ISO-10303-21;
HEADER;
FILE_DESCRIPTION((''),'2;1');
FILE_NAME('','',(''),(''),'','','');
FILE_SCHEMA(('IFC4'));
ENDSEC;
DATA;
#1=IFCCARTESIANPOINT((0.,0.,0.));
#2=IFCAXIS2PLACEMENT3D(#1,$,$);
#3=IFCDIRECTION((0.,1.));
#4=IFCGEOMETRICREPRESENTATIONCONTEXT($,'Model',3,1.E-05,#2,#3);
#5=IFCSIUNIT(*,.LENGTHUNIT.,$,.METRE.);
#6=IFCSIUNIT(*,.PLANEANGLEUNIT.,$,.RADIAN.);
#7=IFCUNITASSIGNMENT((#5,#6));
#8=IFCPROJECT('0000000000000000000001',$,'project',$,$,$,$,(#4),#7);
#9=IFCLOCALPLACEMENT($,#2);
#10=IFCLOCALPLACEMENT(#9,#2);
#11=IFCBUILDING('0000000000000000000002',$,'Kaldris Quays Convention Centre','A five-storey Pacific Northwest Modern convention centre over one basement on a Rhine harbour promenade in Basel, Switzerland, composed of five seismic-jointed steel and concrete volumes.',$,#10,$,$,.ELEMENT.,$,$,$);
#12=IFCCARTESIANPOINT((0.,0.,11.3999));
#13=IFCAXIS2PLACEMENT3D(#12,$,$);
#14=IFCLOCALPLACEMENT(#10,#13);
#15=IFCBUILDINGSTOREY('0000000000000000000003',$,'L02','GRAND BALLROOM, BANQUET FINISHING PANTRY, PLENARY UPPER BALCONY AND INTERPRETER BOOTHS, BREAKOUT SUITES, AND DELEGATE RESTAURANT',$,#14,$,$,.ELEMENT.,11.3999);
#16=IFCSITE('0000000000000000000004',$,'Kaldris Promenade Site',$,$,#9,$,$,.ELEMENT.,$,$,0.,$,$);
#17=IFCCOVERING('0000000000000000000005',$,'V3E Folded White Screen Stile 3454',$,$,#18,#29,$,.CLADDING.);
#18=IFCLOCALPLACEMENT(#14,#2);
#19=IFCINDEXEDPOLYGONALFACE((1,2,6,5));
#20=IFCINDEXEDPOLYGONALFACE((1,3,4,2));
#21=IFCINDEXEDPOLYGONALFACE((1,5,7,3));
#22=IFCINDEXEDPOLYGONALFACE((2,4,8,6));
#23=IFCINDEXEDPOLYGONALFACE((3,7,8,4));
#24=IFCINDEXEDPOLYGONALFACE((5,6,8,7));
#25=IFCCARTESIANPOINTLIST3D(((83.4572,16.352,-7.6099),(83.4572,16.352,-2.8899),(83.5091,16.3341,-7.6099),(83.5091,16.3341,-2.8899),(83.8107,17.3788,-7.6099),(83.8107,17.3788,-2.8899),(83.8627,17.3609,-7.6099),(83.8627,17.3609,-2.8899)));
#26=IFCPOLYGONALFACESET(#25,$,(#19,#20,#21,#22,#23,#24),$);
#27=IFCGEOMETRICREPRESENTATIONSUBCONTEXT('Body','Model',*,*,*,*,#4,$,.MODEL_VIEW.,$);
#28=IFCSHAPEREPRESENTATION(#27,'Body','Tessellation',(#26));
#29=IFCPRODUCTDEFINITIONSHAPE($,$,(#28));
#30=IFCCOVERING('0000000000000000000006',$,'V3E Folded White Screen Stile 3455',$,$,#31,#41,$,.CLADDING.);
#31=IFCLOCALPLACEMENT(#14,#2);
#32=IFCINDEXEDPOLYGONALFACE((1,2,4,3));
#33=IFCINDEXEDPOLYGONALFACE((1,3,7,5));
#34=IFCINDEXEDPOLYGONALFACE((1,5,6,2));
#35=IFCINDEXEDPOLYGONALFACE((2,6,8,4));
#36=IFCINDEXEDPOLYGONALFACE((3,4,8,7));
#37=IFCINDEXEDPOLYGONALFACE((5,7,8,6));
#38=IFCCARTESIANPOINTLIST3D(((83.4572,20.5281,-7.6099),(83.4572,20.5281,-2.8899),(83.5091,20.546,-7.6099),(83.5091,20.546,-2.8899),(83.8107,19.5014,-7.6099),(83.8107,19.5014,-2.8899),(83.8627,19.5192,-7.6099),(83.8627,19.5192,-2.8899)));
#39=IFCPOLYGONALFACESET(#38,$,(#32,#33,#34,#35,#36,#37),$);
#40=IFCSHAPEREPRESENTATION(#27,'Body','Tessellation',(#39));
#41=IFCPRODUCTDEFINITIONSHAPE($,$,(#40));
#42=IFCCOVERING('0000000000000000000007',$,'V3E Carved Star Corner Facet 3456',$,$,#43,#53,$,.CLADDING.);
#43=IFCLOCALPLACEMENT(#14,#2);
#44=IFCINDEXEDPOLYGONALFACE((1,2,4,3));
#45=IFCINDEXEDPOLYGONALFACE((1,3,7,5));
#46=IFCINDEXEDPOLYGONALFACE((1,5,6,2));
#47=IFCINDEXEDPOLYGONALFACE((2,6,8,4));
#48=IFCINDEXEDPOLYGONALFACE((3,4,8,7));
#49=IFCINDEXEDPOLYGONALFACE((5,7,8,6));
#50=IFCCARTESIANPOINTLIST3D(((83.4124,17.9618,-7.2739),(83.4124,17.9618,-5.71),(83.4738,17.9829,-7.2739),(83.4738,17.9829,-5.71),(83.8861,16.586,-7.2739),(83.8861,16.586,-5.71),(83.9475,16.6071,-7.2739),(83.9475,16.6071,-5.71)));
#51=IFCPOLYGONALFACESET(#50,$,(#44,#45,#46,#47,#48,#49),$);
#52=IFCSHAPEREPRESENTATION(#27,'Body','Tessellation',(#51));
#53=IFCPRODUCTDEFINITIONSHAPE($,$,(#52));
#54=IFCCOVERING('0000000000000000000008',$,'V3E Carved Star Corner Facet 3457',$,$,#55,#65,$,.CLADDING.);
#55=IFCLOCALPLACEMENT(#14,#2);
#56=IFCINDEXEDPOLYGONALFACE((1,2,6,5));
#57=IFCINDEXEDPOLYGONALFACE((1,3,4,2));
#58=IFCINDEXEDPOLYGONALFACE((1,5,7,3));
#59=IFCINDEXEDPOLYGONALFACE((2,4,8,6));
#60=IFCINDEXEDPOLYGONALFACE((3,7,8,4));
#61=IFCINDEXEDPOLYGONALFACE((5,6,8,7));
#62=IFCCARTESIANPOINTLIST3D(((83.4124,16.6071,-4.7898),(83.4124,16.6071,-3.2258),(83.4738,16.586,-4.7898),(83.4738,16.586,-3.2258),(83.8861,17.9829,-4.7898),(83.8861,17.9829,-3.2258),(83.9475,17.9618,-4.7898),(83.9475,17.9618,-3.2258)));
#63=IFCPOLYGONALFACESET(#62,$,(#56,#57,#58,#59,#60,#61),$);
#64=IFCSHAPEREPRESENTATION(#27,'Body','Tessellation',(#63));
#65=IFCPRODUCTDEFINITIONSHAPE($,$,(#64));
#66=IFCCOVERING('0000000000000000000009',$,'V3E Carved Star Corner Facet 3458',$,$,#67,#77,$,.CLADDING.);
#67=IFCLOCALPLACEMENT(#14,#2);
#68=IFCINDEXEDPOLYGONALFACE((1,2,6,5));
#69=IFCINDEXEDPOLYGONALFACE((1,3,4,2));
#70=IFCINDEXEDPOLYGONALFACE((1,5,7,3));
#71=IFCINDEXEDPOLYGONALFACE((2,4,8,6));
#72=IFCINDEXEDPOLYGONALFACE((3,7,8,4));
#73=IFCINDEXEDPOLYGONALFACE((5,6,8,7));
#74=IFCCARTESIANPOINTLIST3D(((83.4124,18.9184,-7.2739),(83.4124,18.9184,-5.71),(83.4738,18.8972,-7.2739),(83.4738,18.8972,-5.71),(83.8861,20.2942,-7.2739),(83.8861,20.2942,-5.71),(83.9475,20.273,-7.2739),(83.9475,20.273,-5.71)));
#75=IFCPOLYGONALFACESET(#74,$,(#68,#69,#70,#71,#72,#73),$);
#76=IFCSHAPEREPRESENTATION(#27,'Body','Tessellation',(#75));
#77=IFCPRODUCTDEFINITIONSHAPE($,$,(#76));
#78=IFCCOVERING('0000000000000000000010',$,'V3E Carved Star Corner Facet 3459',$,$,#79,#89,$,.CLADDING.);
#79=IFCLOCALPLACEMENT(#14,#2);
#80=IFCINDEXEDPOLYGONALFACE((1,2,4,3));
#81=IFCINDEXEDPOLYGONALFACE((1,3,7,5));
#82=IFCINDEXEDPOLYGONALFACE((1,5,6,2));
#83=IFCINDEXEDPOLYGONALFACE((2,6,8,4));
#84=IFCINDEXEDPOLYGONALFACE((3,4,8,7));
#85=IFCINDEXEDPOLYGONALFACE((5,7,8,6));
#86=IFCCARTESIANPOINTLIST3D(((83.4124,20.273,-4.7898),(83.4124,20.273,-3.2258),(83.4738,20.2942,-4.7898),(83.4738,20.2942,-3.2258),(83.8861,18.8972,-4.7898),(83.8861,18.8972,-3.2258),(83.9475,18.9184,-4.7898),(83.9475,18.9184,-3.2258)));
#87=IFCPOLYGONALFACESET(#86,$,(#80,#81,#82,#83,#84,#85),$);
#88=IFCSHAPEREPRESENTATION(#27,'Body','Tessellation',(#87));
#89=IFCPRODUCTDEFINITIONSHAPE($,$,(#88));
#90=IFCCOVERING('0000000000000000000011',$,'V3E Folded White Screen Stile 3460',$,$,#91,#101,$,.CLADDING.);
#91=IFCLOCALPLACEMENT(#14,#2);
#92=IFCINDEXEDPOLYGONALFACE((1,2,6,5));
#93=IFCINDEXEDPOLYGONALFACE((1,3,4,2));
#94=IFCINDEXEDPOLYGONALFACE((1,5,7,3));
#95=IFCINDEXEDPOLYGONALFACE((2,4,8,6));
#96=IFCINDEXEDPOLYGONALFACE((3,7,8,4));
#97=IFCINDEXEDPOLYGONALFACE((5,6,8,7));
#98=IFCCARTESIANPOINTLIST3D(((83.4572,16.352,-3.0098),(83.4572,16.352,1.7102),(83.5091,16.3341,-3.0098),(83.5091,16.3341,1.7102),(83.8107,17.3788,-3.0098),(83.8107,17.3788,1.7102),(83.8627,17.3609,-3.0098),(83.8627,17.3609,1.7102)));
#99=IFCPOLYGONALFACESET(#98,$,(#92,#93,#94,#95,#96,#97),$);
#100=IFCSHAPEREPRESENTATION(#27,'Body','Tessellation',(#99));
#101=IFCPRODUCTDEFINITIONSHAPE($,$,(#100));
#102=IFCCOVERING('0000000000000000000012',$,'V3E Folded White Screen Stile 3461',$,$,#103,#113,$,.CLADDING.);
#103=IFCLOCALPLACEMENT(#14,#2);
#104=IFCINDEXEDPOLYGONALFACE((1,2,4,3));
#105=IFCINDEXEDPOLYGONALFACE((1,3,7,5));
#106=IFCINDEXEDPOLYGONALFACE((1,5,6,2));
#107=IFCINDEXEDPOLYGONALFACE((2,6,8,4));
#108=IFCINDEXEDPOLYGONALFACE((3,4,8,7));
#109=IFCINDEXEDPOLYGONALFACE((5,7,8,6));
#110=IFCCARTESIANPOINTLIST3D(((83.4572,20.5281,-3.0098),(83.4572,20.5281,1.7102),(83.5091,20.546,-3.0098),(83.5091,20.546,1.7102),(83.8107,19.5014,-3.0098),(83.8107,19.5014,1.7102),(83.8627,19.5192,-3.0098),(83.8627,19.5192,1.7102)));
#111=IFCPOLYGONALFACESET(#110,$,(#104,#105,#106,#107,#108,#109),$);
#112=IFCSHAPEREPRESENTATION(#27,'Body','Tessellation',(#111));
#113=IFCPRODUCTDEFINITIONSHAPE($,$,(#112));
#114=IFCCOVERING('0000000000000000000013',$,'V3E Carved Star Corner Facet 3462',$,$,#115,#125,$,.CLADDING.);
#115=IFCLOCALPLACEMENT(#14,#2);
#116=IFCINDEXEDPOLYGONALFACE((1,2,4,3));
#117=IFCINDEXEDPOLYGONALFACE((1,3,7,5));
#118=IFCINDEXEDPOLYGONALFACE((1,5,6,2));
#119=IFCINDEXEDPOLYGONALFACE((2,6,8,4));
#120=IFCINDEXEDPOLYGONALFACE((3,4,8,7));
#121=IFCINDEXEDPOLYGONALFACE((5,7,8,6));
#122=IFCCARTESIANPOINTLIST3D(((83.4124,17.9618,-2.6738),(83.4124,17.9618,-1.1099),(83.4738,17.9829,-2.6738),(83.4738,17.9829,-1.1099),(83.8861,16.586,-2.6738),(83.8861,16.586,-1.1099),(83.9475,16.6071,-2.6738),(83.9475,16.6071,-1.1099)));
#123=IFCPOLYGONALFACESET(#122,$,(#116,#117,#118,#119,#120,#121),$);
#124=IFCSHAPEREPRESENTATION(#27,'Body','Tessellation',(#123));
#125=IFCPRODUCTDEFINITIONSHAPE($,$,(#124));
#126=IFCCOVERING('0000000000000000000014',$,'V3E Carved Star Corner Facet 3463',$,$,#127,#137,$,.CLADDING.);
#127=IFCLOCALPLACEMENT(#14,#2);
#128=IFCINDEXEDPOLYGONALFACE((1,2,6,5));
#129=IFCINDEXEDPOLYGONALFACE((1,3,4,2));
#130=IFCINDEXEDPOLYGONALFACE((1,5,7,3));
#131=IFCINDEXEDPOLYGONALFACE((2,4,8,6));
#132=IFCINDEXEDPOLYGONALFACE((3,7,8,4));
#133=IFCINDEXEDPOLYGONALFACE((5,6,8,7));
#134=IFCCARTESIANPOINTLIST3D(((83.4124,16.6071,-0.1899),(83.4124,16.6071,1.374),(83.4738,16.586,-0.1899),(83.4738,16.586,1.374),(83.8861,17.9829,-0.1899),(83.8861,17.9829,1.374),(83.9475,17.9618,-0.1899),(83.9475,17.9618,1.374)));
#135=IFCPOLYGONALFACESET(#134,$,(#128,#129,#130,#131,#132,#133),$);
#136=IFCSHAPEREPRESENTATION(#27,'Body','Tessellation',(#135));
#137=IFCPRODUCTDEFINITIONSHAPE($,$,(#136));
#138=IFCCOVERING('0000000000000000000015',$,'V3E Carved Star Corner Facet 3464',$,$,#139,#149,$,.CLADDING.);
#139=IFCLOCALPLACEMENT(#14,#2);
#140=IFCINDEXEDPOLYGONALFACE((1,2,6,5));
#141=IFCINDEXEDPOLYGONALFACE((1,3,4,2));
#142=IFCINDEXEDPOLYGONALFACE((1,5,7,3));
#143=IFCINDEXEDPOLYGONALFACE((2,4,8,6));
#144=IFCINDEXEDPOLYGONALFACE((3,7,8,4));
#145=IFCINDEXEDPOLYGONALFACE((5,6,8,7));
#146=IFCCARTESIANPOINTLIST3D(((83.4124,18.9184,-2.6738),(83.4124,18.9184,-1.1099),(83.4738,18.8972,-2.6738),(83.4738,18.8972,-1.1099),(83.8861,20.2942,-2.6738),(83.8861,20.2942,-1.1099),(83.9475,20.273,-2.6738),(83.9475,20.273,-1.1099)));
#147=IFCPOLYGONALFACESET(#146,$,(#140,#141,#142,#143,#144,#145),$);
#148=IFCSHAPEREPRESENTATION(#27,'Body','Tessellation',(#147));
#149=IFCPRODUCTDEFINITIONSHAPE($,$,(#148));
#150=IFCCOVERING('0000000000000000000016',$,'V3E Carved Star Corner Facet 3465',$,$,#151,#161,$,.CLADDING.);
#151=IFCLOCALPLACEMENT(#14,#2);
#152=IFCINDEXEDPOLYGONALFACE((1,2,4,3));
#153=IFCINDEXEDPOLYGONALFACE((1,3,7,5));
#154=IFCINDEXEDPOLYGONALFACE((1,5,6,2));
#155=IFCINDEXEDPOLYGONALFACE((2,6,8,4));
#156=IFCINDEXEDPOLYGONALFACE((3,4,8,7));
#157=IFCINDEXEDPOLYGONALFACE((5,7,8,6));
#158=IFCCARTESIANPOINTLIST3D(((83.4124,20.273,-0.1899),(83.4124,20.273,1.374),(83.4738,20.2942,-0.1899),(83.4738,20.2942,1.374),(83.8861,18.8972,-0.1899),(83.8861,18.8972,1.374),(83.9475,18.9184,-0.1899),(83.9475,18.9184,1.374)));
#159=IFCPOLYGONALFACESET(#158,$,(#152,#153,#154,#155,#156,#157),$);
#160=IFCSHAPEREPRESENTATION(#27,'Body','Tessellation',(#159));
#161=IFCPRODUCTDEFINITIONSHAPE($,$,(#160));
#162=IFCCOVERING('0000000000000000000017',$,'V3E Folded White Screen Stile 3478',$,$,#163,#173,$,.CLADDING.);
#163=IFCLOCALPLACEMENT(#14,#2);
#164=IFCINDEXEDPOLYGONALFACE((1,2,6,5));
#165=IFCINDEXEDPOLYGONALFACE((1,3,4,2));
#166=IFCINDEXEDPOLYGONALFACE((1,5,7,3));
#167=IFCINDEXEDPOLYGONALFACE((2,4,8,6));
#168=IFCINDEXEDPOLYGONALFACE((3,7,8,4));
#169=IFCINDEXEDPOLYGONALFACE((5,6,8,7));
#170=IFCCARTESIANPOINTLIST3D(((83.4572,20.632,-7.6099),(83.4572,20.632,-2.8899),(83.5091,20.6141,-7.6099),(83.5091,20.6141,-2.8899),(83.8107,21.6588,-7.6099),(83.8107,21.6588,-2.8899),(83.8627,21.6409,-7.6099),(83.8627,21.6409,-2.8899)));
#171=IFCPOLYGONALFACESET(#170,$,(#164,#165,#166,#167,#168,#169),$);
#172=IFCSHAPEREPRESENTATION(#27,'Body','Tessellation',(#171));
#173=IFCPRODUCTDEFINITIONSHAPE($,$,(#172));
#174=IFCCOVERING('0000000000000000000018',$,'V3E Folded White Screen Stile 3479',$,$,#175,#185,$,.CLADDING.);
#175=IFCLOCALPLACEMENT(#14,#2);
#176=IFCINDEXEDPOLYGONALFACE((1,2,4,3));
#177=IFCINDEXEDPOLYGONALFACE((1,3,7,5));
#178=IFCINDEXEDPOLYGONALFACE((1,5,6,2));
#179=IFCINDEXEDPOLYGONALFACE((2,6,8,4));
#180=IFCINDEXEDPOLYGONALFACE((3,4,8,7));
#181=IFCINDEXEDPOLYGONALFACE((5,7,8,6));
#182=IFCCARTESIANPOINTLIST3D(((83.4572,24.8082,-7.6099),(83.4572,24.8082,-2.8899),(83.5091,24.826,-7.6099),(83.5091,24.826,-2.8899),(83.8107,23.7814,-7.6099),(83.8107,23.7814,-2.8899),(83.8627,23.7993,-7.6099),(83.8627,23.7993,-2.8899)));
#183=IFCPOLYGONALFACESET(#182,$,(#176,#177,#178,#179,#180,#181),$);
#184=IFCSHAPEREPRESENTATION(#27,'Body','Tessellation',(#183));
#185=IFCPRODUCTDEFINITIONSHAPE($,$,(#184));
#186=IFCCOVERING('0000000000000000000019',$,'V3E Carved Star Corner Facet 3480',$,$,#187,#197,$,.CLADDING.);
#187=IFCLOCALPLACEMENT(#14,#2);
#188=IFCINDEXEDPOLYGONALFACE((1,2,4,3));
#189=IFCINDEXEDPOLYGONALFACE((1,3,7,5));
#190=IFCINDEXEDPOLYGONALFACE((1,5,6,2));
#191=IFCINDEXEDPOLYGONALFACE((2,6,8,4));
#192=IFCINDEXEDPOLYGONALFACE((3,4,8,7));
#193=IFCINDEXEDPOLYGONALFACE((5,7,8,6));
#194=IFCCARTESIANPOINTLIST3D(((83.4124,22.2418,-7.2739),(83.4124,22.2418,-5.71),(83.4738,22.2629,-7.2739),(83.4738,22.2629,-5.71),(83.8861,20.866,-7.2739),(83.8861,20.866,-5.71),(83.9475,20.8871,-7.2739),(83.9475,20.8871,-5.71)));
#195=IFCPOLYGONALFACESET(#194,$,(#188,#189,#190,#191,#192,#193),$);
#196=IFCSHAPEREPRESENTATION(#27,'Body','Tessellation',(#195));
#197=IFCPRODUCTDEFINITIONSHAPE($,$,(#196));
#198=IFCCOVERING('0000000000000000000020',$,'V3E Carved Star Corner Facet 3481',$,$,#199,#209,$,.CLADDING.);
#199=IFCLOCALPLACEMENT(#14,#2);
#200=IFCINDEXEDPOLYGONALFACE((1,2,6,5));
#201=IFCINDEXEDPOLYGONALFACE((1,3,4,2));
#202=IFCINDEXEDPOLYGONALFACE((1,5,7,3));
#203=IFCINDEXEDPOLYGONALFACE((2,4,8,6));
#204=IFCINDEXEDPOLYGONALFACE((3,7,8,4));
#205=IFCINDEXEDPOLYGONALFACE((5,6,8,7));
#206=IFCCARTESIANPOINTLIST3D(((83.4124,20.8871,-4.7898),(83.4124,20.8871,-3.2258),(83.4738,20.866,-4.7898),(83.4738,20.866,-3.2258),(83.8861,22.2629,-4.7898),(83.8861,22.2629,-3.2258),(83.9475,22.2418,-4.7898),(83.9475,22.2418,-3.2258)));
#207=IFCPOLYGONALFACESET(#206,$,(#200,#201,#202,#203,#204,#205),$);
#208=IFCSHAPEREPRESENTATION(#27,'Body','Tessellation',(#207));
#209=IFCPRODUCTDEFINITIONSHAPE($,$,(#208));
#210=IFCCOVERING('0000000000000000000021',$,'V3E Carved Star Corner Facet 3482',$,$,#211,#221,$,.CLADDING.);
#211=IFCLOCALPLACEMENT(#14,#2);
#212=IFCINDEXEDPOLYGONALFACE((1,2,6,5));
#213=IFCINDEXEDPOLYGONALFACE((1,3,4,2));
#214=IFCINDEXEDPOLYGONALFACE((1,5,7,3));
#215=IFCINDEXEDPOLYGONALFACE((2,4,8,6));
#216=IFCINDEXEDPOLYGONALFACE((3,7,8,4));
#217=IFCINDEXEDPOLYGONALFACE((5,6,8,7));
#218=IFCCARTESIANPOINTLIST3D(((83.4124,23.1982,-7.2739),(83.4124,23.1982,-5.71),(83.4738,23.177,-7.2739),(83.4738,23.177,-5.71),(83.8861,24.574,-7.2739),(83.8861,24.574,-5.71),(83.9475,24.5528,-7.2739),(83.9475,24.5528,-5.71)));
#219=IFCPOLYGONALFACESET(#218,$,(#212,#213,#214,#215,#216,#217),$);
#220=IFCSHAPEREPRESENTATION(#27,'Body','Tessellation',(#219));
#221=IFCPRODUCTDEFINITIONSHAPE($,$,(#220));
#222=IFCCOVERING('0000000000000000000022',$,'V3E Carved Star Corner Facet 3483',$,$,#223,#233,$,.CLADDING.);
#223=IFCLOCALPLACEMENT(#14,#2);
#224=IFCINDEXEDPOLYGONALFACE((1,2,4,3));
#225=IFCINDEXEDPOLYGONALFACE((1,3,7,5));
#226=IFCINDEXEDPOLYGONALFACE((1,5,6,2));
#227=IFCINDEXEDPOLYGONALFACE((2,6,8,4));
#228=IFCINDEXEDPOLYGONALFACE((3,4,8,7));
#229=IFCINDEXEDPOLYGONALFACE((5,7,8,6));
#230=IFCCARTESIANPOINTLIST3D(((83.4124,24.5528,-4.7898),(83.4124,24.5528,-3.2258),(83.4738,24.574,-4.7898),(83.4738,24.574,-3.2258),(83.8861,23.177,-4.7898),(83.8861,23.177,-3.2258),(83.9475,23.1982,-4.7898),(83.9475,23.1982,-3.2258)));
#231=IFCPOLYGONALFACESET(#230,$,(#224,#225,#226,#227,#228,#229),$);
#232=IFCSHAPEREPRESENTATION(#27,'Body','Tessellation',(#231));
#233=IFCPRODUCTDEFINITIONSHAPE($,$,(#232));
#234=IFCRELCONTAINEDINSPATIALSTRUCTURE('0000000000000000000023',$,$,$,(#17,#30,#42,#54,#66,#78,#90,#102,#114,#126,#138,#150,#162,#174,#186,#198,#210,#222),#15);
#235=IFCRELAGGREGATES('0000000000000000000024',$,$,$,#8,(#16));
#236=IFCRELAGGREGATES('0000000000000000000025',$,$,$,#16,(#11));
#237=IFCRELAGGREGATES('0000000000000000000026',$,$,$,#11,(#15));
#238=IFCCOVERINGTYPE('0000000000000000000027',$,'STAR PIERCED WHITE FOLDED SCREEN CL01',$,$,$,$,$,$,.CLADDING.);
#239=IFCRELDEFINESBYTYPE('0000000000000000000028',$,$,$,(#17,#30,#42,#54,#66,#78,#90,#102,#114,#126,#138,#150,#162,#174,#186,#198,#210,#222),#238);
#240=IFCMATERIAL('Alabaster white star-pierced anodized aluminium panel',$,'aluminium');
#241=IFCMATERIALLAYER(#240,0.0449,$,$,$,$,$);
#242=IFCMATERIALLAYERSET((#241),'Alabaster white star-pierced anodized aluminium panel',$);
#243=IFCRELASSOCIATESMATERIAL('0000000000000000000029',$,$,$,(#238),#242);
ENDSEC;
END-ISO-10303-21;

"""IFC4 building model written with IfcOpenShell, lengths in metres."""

from ifc_helpers import new_model, si_unit, direction, frame, origin, origin_2d, place, context, subcontext, project, spatial, rectangle, extrude, material, layer, layer_set, type_object, element, save


model = new_model("IFC4")

# Units and contexts
model_context = context("Model", 3, precision=1e-05, world=origin(), true_north=direction((0.0, 1.0)))
body_context = subcontext(model_context, "Body", "Model", "MODEL_VIEW")
ifc_project = project(units=[si_unit("LENGTHUNIT", "METRE"), si_unit("PLANEANGLEUNIT", "RADIAN")], contexts=[model_context])

# Site, building, storey
site_placement = place(None, origin())
site = spatial("IfcSite", under=ifc_project, at=site_placement, Name="Kaldris Promenade Site", CompositionType="ELEMENT", RefElevation=0.0)
building_placement = place(site_placement, origin())
building = spatial("IfcBuilding", under=site, at=building_placement, Name="Kaldris Quays Convention Centre", Description="A five-storey Pacific Northwest Modern convention centre over one basement on a Rhine harbour promenade in Basel, Switzerland, composed of five seismic-jointed steel and concrete volumes.", CompositionType="ELEMENT")
storey_placement = place(building_placement, frame((0.0, 0.0, 11.3999)))
storey = spatial("IfcBuildingStorey", under=building, at=storey_placement, Name="L02", Description="GRAND BALLROOM, BANQUET FINISHING PANTRY, PLENARY UPPER BALCONY AND INTERPRETER BOOTHS, BREAKOUT SUITES, AND DELEGATE RESTAURANT", CompositionType="ELEMENT", Elevation=11.3999)

# Coverings
ifc_material_1 = material(Name="Alabaster white star-pierced anodized aluminium panel", Category="aluminium")
ifc_layer = layer(ifc_material_1, 0.0449)
ifc_layer_set = layer_set([ifc_layer], Name="Alabaster white star-pierced anodized aluminium panel")
covering_type = type_object("IfcCoveringType", Name="STAR PIERCED WHITE FOLDED SCREEN CL01", PredefinedType="CLADDING", material=ifc_layer_set)
for number, where, z_axis, x_axis, name in (
    (1, (83.6599, 16.8564, -7.6099), (0.0, 0.0, 1.0), (0.325568, 0.945519, 0.0), "V3E Folded White Screen Stile 3454"),
    (2, (83.6599, 20.0237, -7.6099), (0.0, 0.0, 1.0), (-0.325568, 0.945519, 0.0), "V3E Folded White Screen Stile 3455"),
):
    element("IfcCovering", number, at=place(storey_placement, frame(where, z_axis=z_axis, x_axis=x_axis)), inside=storey, type_object=covering_type, Name=name, PredefinedType="CLADDING", context=body_context, shape_type="SweptSolid", body=[
        extrude(rectangle(XDim=1.0859, YDim=0.0549, at=origin_2d()), origin(), (0.0, 0.0, 1.0), 4.72),
    ])
for number, where, z_axis, x_axis, name in (
    (3, (83.6799, 17.2844, -7.2739), (0.0, 0.0, 1.0), (-0.325568, 0.945519, 0.0), "V3E Carved Star Corner Facet 3456"),
    (4, (83.6799, 17.2844, -4.7898), (0.0, 0.0, 1.0), (0.325568, 0.945519, 0.0), "V3E Carved Star Corner Facet 3457"),
    (5, (83.6799, 19.5957, -7.2739), (0.0, 0.0, 1.0), (0.325568, 0.945519, 0.0), "V3E Carved Star Corner Facet 3458"),
    (6, (83.6799, 19.5957, -4.7898), (0.0, 0.0, 1.0), (-0.325568, 0.945519, 0.0), "V3E Carved Star Corner Facet 3459"),
):
    element("IfcCovering", number, at=place(storey_placement, frame(where, z_axis=z_axis, x_axis=x_axis)), inside=storey, type_object=covering_type, Name=name, PredefinedType="CLADDING", context=body_context, shape_type="SweptSolid", body=[
        extrude(rectangle(XDim=1.4551, YDim=0.0649, at=origin_2d()), origin(), (0.0, 0.0, 1.0), 1.564),
    ])
for number, where, z_axis, x_axis, name in (
    (7, (83.6599, 16.8564, -3.0098), (0.0, 0.0, 1.0), (0.325568, 0.945519, 0.0), "V3E Folded White Screen Stile 3460"),
    (8, (83.6599, 20.0237, -3.0098), (0.0, 0.0, 1.0), (-0.325568, 0.945519, 0.0), "V3E Folded White Screen Stile 3461"),
):
    element("IfcCovering", number, at=place(storey_placement, frame(where, z_axis=z_axis, x_axis=x_axis)), inside=storey, type_object=covering_type, Name=name, PredefinedType="CLADDING", context=body_context, shape_type="SweptSolid", body=[
        extrude(rectangle(XDim=1.0859, YDim=0.0549, at=origin_2d()), origin(), (0.0, 0.0, 1.0), 4.72),
    ])
for number, where, z_axis, x_axis, name in (
    (9, (83.6799, 17.2844, -2.6738), (0.0, 0.0, 1.0), (-0.325568, 0.945519, 0.0), "V3E Carved Star Corner Facet 3462"),
    (10, (83.6799, 17.2844, -0.1899), (0.0, 0.0, 1.0), (0.325568, 0.945519, 0.0), "V3E Carved Star Corner Facet 3463"),
    (11, (83.6799, 19.5957, -2.6738), (0.0, 0.0, 1.0), (0.325568, 0.945519, 0.0), "V3E Carved Star Corner Facet 3464"),
    (12, (83.6799, 19.5957, -0.1899), (0.0, 0.0, 1.0), (-0.325568, 0.945519, 0.0), "V3E Carved Star Corner Facet 3465"),
):
    element("IfcCovering", number, at=place(storey_placement, frame(where, z_axis=z_axis, x_axis=x_axis)), inside=storey, type_object=covering_type, Name=name, PredefinedType="CLADDING", context=body_context, shape_type="SweptSolid", body=[
        extrude(rectangle(XDim=1.4551, YDim=0.0649, at=origin_2d()), origin(), (0.0, 0.0, 1.0), 1.564),
    ])
for number, where, z_axis, x_axis, name in (
    (13, (83.6599, 21.1365, -7.6099), (0.0, 0.0, 1.0), (0.325568, 0.945519, 0.0), "V3E Folded White Screen Stile 3478"),
    (14, (83.6599, 24.3037, -7.6099), (0.0, 0.0, 1.0), (-0.325568, 0.945519, 0.0), "V3E Folded White Screen Stile 3479"),
):
    element("IfcCovering", number, at=place(storey_placement, frame(where, z_axis=z_axis, x_axis=x_axis)), inside=storey, type_object=covering_type, Name=name, PredefinedType="CLADDING", context=body_context, shape_type="SweptSolid", body=[
        extrude(rectangle(XDim=1.0859, YDim=0.0549, at=origin_2d()), origin(), (0.0, 0.0, 1.0), 4.72),
    ])
for number, where, z_axis, x_axis, name in (
    (15, (83.6799, 21.5645, -7.2739), (0.0, 0.0, 1.0), (-0.325568, 0.945519, 0.0), "V3E Carved Star Corner Facet 3480"),
    (16, (83.6799, 21.5645, -4.7898), (0.0, 0.0, 1.0), (0.325568, 0.945519, 0.0), "V3E Carved Star Corner Facet 3481"),
    (17, (83.6799, 23.8755, -7.2739), (0.0, 0.0, 1.0), (0.325568, 0.945519, 0.0), "V3E Carved Star Corner Facet 3482"),
    (18, (83.6799, 23.8755, -4.7898), (0.0, 0.0, 1.0), (-0.325568, 0.945519, 0.0), "V3E Carved Star Corner Facet 3483"),
):
    element("IfcCovering", number, at=place(storey_placement, frame(where, z_axis=z_axis, x_axis=x_axis)), inside=storey, type_object=covering_type, Name=name, PredefinedType="CLADDING", context=body_context, shape_type="SweptSolid", body=[
        extrude(rectangle(XDim=1.4551, YDim=0.0649, at=origin_2d()), origin(), (0.0, 0.0, 1.0), 1.564),
    ])

save(model, "model.ifc")
